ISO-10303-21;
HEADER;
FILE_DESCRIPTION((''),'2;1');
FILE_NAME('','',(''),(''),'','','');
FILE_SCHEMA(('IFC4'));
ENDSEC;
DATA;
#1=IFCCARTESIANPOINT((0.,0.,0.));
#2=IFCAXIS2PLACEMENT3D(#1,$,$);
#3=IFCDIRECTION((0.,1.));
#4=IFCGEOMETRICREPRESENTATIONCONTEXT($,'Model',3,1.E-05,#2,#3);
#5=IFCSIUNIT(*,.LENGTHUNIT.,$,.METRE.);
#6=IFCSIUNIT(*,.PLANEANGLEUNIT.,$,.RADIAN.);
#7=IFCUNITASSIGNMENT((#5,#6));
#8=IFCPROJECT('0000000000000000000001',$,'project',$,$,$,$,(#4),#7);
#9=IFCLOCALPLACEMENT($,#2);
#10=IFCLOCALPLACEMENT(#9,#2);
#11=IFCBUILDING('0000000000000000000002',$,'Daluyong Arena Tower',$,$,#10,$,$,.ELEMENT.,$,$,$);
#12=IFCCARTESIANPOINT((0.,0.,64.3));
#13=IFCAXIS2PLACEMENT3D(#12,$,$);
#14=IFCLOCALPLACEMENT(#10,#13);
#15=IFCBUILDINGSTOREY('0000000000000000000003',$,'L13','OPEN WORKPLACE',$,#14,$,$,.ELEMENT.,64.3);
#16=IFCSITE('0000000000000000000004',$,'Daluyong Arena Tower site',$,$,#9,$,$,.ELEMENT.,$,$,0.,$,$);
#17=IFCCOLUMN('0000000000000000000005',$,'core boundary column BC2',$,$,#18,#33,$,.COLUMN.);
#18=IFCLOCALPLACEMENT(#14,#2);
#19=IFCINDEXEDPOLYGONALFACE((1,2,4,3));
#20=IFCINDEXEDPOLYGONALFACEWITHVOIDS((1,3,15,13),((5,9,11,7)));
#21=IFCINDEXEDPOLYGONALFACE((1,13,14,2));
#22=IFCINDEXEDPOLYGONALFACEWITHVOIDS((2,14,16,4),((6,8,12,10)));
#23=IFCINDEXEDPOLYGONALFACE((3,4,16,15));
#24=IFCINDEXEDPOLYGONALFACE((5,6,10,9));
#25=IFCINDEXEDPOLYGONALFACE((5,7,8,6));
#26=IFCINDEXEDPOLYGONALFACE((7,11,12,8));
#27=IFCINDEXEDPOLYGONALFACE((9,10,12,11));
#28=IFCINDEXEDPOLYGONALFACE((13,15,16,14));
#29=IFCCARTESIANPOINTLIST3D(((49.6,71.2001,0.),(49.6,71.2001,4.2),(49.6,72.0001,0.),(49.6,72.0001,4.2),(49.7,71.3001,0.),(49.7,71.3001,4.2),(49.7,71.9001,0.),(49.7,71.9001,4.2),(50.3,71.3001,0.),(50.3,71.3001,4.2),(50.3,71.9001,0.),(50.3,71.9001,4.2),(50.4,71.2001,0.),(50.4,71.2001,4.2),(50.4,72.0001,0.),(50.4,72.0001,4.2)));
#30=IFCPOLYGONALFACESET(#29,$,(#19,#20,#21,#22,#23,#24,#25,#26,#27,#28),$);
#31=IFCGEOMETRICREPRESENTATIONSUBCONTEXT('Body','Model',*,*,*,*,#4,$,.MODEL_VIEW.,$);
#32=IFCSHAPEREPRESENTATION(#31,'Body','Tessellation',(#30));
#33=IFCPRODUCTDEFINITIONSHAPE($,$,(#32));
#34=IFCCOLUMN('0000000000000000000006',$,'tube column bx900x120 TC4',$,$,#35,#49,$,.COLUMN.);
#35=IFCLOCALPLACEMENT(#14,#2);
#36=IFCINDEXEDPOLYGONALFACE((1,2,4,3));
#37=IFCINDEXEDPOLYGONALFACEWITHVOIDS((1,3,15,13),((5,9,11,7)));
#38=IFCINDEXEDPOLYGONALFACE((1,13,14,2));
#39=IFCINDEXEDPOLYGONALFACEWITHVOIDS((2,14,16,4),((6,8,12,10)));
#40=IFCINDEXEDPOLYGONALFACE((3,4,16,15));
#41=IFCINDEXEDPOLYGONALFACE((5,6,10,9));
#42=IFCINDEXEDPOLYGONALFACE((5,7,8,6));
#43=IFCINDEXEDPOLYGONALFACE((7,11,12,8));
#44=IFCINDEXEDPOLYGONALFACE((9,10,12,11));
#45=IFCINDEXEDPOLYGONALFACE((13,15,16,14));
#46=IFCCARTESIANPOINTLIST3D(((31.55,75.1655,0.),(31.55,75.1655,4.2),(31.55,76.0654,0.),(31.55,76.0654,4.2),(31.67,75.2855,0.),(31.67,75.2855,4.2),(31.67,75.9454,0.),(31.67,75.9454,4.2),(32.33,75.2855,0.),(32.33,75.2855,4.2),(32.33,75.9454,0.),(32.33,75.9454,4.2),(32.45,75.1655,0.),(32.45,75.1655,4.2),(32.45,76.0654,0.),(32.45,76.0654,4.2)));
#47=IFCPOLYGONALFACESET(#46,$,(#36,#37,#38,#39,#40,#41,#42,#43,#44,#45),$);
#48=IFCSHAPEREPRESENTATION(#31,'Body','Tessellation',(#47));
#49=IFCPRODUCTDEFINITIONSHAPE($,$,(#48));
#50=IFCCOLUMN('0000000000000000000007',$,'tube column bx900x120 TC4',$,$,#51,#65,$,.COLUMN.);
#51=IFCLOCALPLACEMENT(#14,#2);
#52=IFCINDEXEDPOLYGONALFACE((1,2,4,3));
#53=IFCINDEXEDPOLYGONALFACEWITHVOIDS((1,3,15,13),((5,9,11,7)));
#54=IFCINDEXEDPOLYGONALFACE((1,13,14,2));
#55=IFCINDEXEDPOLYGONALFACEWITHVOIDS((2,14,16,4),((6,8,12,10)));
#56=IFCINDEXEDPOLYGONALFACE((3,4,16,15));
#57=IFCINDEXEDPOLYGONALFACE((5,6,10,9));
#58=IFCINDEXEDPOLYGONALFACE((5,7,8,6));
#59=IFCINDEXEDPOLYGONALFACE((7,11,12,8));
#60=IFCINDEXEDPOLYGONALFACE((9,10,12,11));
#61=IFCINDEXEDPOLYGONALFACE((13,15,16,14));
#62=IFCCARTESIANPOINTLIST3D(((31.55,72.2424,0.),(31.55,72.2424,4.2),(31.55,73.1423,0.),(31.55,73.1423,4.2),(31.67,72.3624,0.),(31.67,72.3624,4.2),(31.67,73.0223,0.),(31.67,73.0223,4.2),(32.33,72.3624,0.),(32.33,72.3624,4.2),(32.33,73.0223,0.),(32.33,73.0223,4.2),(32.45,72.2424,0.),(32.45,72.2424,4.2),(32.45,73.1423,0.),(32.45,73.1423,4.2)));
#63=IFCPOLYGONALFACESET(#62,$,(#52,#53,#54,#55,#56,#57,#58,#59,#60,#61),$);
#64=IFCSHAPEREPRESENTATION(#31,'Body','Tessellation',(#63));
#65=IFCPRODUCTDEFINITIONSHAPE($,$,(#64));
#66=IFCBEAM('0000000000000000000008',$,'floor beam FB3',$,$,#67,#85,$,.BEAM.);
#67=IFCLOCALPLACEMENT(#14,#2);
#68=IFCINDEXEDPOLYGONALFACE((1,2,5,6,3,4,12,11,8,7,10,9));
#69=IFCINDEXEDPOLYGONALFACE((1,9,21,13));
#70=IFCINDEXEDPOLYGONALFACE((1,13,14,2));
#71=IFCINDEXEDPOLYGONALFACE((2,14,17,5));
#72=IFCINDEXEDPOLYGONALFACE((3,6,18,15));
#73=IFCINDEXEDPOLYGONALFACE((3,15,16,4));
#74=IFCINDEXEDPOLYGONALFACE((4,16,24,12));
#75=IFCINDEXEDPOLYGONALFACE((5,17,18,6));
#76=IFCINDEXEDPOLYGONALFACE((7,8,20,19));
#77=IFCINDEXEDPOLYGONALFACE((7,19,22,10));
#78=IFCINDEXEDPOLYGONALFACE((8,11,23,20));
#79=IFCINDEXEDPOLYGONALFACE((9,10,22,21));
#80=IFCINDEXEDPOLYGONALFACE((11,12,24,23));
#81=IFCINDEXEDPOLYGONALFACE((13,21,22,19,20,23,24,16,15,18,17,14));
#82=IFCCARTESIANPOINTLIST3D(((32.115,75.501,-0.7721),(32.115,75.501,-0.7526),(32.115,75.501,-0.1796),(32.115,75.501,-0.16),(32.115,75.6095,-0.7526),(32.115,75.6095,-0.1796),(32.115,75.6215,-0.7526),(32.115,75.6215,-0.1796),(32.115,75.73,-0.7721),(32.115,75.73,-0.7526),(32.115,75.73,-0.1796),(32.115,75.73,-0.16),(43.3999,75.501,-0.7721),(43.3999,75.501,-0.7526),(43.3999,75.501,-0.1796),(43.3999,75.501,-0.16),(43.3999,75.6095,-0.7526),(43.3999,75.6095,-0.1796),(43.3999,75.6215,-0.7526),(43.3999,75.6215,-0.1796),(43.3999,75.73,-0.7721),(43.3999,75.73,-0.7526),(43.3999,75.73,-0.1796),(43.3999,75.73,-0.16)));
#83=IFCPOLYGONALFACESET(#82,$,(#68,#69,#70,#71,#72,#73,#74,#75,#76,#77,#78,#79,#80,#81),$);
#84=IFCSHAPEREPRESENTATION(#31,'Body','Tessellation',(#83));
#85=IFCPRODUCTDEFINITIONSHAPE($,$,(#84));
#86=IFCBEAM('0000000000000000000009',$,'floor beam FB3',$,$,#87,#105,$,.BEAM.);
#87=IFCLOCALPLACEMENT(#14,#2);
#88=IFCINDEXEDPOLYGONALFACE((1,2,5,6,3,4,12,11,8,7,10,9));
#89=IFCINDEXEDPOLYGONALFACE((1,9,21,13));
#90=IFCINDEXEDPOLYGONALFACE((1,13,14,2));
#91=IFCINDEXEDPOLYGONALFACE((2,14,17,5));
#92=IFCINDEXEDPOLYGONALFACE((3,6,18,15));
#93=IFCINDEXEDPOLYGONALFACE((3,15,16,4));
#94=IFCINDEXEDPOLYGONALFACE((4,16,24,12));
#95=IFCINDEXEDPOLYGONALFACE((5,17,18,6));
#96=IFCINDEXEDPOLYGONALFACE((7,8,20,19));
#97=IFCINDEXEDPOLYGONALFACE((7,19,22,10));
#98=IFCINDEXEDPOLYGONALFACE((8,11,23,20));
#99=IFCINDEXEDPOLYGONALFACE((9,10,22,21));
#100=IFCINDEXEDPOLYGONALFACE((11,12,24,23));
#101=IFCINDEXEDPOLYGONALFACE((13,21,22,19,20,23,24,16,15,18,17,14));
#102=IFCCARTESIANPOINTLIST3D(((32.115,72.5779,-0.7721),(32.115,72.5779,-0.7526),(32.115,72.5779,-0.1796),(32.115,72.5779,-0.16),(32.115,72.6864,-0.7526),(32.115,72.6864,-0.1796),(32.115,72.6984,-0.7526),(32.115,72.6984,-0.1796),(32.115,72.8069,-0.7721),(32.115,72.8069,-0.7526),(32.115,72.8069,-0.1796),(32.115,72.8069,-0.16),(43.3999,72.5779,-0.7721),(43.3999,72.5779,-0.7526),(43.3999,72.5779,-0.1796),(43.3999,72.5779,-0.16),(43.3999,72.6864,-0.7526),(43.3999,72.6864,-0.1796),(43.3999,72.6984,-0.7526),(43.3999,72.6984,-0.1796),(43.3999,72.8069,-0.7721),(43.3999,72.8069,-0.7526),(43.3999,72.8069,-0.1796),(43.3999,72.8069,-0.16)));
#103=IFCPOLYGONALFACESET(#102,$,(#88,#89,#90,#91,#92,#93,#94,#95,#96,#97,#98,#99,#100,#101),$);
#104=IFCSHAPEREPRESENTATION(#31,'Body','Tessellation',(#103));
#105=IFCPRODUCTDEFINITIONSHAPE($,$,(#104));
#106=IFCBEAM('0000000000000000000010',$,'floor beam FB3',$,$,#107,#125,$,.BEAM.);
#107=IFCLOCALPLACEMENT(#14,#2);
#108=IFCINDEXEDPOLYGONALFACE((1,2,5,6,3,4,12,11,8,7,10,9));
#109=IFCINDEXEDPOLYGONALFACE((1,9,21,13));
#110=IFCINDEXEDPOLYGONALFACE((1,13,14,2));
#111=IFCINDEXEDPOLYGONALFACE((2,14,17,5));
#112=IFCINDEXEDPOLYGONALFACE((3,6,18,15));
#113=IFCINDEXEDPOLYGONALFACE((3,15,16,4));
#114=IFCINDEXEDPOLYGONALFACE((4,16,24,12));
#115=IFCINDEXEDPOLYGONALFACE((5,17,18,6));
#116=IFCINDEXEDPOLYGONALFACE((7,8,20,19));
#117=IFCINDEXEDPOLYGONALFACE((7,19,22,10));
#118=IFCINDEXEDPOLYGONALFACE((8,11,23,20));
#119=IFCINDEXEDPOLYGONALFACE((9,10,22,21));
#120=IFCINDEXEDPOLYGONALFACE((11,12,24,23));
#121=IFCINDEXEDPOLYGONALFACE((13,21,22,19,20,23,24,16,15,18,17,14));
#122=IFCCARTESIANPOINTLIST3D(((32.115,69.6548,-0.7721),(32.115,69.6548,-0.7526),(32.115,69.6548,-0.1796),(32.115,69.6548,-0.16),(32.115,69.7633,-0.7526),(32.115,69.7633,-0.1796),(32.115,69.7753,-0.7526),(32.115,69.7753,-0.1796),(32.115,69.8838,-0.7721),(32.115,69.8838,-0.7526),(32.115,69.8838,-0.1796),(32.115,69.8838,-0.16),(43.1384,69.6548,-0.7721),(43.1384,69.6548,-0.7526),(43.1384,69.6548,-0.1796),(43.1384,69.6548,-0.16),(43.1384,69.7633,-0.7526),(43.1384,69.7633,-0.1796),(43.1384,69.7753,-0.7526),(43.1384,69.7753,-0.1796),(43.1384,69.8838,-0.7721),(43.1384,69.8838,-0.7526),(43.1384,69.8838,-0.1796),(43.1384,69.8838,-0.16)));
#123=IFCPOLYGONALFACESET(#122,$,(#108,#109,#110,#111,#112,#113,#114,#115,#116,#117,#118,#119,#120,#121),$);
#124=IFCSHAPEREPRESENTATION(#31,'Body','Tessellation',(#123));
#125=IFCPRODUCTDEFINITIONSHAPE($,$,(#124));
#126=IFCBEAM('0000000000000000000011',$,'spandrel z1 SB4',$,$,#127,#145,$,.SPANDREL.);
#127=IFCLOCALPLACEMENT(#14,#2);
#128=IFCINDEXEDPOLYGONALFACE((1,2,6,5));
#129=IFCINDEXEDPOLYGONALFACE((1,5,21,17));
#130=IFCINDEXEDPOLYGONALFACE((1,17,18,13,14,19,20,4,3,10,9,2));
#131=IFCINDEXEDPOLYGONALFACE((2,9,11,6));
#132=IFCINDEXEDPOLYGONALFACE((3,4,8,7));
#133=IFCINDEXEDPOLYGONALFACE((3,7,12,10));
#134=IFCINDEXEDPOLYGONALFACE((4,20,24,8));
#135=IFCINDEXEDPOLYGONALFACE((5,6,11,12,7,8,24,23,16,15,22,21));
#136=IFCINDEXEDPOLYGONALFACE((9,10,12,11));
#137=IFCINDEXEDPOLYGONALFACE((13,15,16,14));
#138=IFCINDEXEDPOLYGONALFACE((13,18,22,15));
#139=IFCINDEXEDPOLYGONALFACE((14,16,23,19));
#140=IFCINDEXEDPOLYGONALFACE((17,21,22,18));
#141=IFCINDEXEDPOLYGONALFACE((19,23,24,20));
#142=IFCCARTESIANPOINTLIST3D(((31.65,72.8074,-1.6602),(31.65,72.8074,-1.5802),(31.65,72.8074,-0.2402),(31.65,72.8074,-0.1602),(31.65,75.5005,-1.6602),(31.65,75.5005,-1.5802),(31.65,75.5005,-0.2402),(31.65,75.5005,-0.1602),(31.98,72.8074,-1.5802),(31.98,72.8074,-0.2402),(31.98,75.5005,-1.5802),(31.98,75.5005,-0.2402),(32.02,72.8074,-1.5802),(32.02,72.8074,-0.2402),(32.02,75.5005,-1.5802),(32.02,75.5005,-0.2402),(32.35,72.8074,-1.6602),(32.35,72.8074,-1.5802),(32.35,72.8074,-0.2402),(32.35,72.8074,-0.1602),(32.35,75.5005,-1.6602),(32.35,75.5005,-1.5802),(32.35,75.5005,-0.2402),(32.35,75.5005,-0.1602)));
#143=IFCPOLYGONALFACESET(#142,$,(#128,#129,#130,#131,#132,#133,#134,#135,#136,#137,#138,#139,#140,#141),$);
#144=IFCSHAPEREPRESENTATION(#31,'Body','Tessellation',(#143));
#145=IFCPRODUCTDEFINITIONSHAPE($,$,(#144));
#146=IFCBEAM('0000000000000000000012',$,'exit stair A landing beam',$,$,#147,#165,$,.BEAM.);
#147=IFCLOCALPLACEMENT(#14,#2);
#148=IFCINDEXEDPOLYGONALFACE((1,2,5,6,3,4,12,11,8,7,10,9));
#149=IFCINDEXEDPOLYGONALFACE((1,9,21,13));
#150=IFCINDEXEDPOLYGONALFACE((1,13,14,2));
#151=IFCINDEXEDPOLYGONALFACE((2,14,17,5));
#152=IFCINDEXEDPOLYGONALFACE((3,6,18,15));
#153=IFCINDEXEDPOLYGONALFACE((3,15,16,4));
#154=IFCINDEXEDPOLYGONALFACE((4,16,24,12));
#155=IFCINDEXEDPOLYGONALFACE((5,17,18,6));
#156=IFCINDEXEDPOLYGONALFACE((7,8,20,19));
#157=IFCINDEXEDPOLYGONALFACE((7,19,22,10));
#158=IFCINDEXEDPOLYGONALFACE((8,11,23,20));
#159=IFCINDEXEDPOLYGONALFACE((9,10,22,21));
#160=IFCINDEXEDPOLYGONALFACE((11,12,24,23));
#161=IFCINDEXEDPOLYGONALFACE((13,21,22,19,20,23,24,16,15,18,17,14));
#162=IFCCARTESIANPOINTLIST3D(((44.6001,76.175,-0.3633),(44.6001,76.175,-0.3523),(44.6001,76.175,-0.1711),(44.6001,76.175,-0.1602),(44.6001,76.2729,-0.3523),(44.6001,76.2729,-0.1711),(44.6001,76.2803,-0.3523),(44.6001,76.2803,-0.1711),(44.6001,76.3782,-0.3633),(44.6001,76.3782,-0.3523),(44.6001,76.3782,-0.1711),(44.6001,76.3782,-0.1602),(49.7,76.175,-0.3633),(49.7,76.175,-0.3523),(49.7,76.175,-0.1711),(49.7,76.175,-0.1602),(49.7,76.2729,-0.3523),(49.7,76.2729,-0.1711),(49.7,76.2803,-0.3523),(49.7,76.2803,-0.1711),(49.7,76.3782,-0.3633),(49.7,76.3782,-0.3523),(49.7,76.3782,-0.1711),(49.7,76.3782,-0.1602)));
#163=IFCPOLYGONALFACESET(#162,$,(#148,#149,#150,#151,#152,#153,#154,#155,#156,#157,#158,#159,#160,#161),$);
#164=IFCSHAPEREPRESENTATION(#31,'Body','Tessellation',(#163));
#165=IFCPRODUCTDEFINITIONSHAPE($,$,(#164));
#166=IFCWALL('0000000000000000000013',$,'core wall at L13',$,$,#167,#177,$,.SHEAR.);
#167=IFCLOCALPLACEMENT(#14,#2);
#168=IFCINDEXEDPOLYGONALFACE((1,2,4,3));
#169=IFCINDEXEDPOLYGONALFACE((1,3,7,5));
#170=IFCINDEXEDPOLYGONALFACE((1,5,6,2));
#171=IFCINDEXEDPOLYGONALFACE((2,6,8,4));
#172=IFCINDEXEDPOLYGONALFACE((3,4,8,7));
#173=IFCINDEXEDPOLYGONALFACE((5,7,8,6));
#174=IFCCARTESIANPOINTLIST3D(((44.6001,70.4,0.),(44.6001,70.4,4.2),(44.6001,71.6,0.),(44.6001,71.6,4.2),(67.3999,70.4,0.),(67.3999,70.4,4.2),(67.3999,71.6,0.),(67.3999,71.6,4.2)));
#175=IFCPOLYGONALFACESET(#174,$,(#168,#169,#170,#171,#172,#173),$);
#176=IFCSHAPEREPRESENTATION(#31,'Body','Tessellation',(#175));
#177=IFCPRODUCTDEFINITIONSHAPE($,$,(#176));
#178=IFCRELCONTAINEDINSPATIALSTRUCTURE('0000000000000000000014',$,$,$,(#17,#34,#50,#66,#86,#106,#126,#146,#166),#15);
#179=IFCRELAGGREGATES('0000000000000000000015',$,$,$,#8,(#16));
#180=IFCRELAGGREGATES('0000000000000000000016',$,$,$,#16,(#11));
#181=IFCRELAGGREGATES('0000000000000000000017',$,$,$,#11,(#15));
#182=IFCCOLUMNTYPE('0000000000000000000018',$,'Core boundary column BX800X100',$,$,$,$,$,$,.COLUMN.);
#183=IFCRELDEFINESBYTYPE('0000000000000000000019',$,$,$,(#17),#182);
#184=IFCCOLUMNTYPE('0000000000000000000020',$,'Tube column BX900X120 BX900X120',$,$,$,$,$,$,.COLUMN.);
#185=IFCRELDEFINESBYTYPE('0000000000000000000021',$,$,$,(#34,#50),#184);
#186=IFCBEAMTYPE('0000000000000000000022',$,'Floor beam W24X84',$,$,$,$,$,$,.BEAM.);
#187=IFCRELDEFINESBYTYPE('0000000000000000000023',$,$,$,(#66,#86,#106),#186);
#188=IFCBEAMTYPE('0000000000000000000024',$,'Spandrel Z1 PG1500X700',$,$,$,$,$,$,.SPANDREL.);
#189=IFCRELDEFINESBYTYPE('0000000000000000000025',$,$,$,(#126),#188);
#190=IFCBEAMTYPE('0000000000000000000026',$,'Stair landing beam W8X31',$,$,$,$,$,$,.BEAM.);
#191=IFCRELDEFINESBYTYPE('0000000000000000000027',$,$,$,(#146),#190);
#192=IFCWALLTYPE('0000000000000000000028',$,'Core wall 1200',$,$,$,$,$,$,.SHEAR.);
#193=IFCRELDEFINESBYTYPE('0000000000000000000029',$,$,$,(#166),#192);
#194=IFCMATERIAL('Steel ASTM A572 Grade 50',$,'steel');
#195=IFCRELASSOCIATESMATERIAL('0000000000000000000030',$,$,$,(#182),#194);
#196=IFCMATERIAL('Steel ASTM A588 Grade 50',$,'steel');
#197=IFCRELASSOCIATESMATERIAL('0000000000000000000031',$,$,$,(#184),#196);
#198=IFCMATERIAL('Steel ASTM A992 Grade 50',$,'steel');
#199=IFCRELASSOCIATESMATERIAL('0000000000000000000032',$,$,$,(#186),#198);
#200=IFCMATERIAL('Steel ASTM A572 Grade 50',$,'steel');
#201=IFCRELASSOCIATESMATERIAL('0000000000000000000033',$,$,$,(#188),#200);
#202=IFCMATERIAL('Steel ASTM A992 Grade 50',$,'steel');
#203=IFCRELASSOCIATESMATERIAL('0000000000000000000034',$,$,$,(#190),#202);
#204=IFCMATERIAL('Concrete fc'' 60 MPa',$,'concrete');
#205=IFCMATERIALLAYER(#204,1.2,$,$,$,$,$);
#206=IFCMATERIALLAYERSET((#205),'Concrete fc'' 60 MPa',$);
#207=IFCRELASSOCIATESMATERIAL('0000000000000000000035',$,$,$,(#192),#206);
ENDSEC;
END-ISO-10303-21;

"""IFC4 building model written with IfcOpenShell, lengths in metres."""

from ifc_helpers import new_model, si_unit, direction, frame, frame_2d, origin, origin_2d, place, context, subcontext, project, spatial, rectangle, hollow_rectangle, i_section, extrude, material, layer, layer_set, material_profile, profile_set, type_object, element, save


model = new_model("IFC4")

# Units and contexts
model_context = context("Model", 3, precision=1e-05, world=origin(), true_north=direction((0.0, 1.0)))
body_context = subcontext(model_context, "Body", "Model", "MODEL_VIEW")
ifc_project = project(units=[si_unit("LENGTHUNIT", "METRE"), si_unit("PLANEANGLEUNIT", "RADIAN")], contexts=[model_context])

# Site, building, storey
site_placement = place(None, origin())
site = spatial("IfcSite", under=ifc_project, at=site_placement, Name="Daluyong Arena Tower site", CompositionType="ELEMENT", RefElevation=0.0)
building_placement = place(site_placement, origin())
building = spatial("IfcBuilding", under=site, at=building_placement, Name="Daluyong Arena Tower", CompositionType="ELEMENT")
storey_placement = place(building_placement, frame((0.0, 0.0, 64.3)))
storey = spatial("IfcBuildingStorey", under=building, at=storey_placement, Name="L13", Description="OPEN WORKPLACE", CompositionType="ELEMENT", Elevation=64.3)

# Columns
ifc_material_1 = material(Name="Steel ASTM A572 Grade 50", Category="steel")
ifc_material_profile_1 = material_profile(ifc_material_1, hollow_rectangle(XDim=0.8, YDim=0.8, WallThickness=0.1, at=origin_2d()))
ifc_profile_set_1 = profile_set([ifc_material_profile_1], Name="Steel ASTM A572 Grade 50")
column_type_1 = type_object("IfcColumnType", Name="Core boundary column BX800X100", PredefinedType="COLUMN", material=ifc_profile_set_1)
column_placement = place(storey_placement, frame((50.0, 71.6001, 0.0), z_axis=(0.0, 0.0, 1.0), x_axis=(1.0, 0.0, 0.0)))
element("IfcColumn", 1, at=column_placement, inside=storey, type_object=column_type_1, Name="core boundary column BC2", PredefinedType="COLUMN", context=body_context, shape_type="SweptSolid", body=[
    extrude(hollow_rectangle(XDim=0.8, YDim=0.8, WallThickness=0.1, at=origin_2d()), origin(), (0.0, 0.0, 1.0), 4.2),
])
ifc_material_2 = material(Name="Steel ASTM A588 Grade 50", Category="steel")
ifc_material_profile_2 = material_profile(ifc_material_2, hollow_rectangle(XDim=0.8999, YDim=0.8999, WallThickness=0.12, at=origin_2d()))
ifc_profile_set_2 = profile_set([ifc_material_profile_2], Name="Steel ASTM A588 Grade 50")
column_type_2 = type_object("IfcColumnType", Name="Tube column BX900X120 BX900X120", PredefinedType="COLUMN", material=ifc_profile_set_2)
for number, where, z_axis, x_axis, name in (
    (2, (32.0, 75.6155, 0.0), (0.0, 0.0, 1.0), (0.0, 1.0, 0.0), "tube column bx900x120 TC4"),
    (3, (32.0, 72.6924, 0.0), (0.0, 0.0, 1.0), (0.0, 1.0, 0.0), "tube column bx900x120 TC4"),
):
    element("IfcColumn", number, at=place(storey_placement, frame(where, z_axis=z_axis, x_axis=x_axis)), inside=storey, type_object=column_type_2, Name=name, PredefinedType="COLUMN", context=body_context, shape_type="SweptSolid", body=[
        extrude(hollow_rectangle(XDim=0.8999, YDim=0.8999, WallThickness=0.12, at=origin_2d()), origin(), (0.0, 0.0, 1.0), 4.2),
    ])

# Beams
ifc_material_3 = material(Name="Steel ASTM A992 Grade 50", Category="steel")
ifc_material_profile_3 = material_profile(ifc_material_3, i_section(OverallWidth=0.229, OverallDepth=0.6121, WebThickness=0.012, FlangeThickness=0.0195, at=origin_2d()))
ifc_profile_set_3 = profile_set([ifc_material_profile_3], Name="Steel ASTM A992 Grade 50")
beam_type_1 = type_object("IfcBeamType", Name="Floor beam W24X84", PredefinedType="BEAM", material=ifc_profile_set_3)
for number, where, z_axis, x_axis, name in (
    (4, (32.115, 75.6155, -0.4661), (1.0, 0.0, 0.0), (0.0, 1.0, 0.0), "floor beam FB3"),
    (5, (32.115, 72.6924, -0.4661), (1.0, 0.0, 0.0), (0.0, 1.0, 0.0), "floor beam FB3"),
):
    element("IfcBeam", number, at=place(storey_placement, frame(where, z_axis=z_axis, x_axis=x_axis)), inside=storey, type_object=beam_type_1, Name=name, PredefinedType="BEAM", context=body_context, shape_type="SweptSolid", body=[
        extrude(i_section(OverallWidth=0.229, OverallDepth=0.6121, WebThickness=0.012, FlangeThickness=0.0195, at=origin_2d()), origin(), (0.0, 0.0, 1.0), 11.2849),
    ])
beam_1_placement = place(storey_placement, frame((32.115, 69.7693, -0.4661), z_axis=(1.0, 0.0, 0.0), x_axis=(0.0, 1.0, 0.0)))
element("IfcBeam", 6, at=beam_1_placement, inside=storey, type_object=beam_type_1, Name="floor beam FB3", PredefinedType="BEAM", context=body_context, shape_type="SweptSolid", body=[
    extrude(i_section(OverallWidth=0.229, OverallDepth=0.6121, WebThickness=0.012, FlangeThickness=0.0195, at=origin_2d()), origin(), (0.0, 0.0, 1.0), 11.0234),
])
ifc_material_4 = material(Name="Steel ASTM A572 Grade 50", Category="steel")
ifc_material_profile_4 = material_profile(ifc_material_4, i_section(OverallWidth=0.7, OverallDepth=1.5, WebThickness=0.04, FlangeThickness=0.08, at=origin_2d()))
ifc_profile_set_4 = profile_set([ifc_material_profile_4], Name="Steel ASTM A572 Grade 50")
beam_type_2 = type_object("IfcBeamType", Name="Spandrel Z1 PG1500X700", PredefinedType="SPANDREL", material=ifc_profile_set_4)
beam_2_placement = place(storey_placement, frame((32.0, 75.5005, -0.9102), z_axis=(0.0, -1.0, 0.0), x_axis=(1.0, 0.0, 0.0)))
element("IfcBeam", 7, at=beam_2_placement, inside=storey, type_object=beam_type_2, Name="spandrel z1 SB4", PredefinedType="SPANDREL", context=body_context, shape_type="SweptSolid", body=[
    extrude(i_section(OverallWidth=0.7, OverallDepth=1.5, WebThickness=0.04, FlangeThickness=0.08, at=origin_2d()), origin(), (0.0, 0.0, 1.0), 2.6931),
])
ifc_material_5 = material(Name="Steel ASTM A992 Grade 50", Category="steel")
ifc_material_profile_5 = material_profile(ifc_material_5, i_section(OverallWidth=0.2031, OverallDepth=0.2031, WebThickness=0.0073, FlangeThickness=0.011, at=origin_2d()))
ifc_profile_set_5 = profile_set([ifc_material_profile_5], Name="Steel ASTM A992 Grade 50")
beam_type_3 = type_object("IfcBeamType", Name="Stair landing beam W8X31", PredefinedType="BEAM", material=ifc_profile_set_5)
beam_3_placement = place(storey_placement, frame((44.6001, 76.2766, -0.2617), z_axis=(1.0, 0.0, 0.0), x_axis=(0.0, 1.0, 0.0)))
element("IfcBeam", 8, at=beam_3_placement, inside=storey, type_object=beam_type_3, Name="exit stair A landing beam", PredefinedType="BEAM", context=body_context, shape_type="SweptSolid", body=[
    extrude(i_section(OverallWidth=0.2031, OverallDepth=0.2031, WebThickness=0.0073, FlangeThickness=0.011, at=origin_2d()), origin(), (0.0, 0.0, 1.0), 5.0999),
])

# Shared definitions
ifc_material_6 = material(Name="Concrete fc' 60 MPa", Category="concrete")
ifc_layer_1 = layer(ifc_material_6, 1.2)
ifc_layer_set_1 = layer_set([ifc_layer_1], Name="Concrete fc' 60 MPa")
wall_type_1 = type_object("IfcWallType", Name="Core wall 1200", PredefinedType="SHEAR", material=ifc_layer_set_1)

# Wall
wall_1_placement = place(storey_placement, frame((44.6001, 71.0, 0.0), z_axis=(0.0, 0.0, 1.0), x_axis=(1.0, 0.0, 0.0)))
element("IfcWall", 9, at=wall_1_placement, inside=storey, type_object=wall_type_1, Name="core wall at L13", PredefinedType="SHEAR", context=body_context, shape_type="SweptSolid", body=[
    extrude(rectangle(XDim=22.7998, YDim=1.2, at=frame_2d((11.3999, 0.0))), origin(), (0.0, 0.0, 1.0), 4.2),
])

save(model, "model.ifc")
